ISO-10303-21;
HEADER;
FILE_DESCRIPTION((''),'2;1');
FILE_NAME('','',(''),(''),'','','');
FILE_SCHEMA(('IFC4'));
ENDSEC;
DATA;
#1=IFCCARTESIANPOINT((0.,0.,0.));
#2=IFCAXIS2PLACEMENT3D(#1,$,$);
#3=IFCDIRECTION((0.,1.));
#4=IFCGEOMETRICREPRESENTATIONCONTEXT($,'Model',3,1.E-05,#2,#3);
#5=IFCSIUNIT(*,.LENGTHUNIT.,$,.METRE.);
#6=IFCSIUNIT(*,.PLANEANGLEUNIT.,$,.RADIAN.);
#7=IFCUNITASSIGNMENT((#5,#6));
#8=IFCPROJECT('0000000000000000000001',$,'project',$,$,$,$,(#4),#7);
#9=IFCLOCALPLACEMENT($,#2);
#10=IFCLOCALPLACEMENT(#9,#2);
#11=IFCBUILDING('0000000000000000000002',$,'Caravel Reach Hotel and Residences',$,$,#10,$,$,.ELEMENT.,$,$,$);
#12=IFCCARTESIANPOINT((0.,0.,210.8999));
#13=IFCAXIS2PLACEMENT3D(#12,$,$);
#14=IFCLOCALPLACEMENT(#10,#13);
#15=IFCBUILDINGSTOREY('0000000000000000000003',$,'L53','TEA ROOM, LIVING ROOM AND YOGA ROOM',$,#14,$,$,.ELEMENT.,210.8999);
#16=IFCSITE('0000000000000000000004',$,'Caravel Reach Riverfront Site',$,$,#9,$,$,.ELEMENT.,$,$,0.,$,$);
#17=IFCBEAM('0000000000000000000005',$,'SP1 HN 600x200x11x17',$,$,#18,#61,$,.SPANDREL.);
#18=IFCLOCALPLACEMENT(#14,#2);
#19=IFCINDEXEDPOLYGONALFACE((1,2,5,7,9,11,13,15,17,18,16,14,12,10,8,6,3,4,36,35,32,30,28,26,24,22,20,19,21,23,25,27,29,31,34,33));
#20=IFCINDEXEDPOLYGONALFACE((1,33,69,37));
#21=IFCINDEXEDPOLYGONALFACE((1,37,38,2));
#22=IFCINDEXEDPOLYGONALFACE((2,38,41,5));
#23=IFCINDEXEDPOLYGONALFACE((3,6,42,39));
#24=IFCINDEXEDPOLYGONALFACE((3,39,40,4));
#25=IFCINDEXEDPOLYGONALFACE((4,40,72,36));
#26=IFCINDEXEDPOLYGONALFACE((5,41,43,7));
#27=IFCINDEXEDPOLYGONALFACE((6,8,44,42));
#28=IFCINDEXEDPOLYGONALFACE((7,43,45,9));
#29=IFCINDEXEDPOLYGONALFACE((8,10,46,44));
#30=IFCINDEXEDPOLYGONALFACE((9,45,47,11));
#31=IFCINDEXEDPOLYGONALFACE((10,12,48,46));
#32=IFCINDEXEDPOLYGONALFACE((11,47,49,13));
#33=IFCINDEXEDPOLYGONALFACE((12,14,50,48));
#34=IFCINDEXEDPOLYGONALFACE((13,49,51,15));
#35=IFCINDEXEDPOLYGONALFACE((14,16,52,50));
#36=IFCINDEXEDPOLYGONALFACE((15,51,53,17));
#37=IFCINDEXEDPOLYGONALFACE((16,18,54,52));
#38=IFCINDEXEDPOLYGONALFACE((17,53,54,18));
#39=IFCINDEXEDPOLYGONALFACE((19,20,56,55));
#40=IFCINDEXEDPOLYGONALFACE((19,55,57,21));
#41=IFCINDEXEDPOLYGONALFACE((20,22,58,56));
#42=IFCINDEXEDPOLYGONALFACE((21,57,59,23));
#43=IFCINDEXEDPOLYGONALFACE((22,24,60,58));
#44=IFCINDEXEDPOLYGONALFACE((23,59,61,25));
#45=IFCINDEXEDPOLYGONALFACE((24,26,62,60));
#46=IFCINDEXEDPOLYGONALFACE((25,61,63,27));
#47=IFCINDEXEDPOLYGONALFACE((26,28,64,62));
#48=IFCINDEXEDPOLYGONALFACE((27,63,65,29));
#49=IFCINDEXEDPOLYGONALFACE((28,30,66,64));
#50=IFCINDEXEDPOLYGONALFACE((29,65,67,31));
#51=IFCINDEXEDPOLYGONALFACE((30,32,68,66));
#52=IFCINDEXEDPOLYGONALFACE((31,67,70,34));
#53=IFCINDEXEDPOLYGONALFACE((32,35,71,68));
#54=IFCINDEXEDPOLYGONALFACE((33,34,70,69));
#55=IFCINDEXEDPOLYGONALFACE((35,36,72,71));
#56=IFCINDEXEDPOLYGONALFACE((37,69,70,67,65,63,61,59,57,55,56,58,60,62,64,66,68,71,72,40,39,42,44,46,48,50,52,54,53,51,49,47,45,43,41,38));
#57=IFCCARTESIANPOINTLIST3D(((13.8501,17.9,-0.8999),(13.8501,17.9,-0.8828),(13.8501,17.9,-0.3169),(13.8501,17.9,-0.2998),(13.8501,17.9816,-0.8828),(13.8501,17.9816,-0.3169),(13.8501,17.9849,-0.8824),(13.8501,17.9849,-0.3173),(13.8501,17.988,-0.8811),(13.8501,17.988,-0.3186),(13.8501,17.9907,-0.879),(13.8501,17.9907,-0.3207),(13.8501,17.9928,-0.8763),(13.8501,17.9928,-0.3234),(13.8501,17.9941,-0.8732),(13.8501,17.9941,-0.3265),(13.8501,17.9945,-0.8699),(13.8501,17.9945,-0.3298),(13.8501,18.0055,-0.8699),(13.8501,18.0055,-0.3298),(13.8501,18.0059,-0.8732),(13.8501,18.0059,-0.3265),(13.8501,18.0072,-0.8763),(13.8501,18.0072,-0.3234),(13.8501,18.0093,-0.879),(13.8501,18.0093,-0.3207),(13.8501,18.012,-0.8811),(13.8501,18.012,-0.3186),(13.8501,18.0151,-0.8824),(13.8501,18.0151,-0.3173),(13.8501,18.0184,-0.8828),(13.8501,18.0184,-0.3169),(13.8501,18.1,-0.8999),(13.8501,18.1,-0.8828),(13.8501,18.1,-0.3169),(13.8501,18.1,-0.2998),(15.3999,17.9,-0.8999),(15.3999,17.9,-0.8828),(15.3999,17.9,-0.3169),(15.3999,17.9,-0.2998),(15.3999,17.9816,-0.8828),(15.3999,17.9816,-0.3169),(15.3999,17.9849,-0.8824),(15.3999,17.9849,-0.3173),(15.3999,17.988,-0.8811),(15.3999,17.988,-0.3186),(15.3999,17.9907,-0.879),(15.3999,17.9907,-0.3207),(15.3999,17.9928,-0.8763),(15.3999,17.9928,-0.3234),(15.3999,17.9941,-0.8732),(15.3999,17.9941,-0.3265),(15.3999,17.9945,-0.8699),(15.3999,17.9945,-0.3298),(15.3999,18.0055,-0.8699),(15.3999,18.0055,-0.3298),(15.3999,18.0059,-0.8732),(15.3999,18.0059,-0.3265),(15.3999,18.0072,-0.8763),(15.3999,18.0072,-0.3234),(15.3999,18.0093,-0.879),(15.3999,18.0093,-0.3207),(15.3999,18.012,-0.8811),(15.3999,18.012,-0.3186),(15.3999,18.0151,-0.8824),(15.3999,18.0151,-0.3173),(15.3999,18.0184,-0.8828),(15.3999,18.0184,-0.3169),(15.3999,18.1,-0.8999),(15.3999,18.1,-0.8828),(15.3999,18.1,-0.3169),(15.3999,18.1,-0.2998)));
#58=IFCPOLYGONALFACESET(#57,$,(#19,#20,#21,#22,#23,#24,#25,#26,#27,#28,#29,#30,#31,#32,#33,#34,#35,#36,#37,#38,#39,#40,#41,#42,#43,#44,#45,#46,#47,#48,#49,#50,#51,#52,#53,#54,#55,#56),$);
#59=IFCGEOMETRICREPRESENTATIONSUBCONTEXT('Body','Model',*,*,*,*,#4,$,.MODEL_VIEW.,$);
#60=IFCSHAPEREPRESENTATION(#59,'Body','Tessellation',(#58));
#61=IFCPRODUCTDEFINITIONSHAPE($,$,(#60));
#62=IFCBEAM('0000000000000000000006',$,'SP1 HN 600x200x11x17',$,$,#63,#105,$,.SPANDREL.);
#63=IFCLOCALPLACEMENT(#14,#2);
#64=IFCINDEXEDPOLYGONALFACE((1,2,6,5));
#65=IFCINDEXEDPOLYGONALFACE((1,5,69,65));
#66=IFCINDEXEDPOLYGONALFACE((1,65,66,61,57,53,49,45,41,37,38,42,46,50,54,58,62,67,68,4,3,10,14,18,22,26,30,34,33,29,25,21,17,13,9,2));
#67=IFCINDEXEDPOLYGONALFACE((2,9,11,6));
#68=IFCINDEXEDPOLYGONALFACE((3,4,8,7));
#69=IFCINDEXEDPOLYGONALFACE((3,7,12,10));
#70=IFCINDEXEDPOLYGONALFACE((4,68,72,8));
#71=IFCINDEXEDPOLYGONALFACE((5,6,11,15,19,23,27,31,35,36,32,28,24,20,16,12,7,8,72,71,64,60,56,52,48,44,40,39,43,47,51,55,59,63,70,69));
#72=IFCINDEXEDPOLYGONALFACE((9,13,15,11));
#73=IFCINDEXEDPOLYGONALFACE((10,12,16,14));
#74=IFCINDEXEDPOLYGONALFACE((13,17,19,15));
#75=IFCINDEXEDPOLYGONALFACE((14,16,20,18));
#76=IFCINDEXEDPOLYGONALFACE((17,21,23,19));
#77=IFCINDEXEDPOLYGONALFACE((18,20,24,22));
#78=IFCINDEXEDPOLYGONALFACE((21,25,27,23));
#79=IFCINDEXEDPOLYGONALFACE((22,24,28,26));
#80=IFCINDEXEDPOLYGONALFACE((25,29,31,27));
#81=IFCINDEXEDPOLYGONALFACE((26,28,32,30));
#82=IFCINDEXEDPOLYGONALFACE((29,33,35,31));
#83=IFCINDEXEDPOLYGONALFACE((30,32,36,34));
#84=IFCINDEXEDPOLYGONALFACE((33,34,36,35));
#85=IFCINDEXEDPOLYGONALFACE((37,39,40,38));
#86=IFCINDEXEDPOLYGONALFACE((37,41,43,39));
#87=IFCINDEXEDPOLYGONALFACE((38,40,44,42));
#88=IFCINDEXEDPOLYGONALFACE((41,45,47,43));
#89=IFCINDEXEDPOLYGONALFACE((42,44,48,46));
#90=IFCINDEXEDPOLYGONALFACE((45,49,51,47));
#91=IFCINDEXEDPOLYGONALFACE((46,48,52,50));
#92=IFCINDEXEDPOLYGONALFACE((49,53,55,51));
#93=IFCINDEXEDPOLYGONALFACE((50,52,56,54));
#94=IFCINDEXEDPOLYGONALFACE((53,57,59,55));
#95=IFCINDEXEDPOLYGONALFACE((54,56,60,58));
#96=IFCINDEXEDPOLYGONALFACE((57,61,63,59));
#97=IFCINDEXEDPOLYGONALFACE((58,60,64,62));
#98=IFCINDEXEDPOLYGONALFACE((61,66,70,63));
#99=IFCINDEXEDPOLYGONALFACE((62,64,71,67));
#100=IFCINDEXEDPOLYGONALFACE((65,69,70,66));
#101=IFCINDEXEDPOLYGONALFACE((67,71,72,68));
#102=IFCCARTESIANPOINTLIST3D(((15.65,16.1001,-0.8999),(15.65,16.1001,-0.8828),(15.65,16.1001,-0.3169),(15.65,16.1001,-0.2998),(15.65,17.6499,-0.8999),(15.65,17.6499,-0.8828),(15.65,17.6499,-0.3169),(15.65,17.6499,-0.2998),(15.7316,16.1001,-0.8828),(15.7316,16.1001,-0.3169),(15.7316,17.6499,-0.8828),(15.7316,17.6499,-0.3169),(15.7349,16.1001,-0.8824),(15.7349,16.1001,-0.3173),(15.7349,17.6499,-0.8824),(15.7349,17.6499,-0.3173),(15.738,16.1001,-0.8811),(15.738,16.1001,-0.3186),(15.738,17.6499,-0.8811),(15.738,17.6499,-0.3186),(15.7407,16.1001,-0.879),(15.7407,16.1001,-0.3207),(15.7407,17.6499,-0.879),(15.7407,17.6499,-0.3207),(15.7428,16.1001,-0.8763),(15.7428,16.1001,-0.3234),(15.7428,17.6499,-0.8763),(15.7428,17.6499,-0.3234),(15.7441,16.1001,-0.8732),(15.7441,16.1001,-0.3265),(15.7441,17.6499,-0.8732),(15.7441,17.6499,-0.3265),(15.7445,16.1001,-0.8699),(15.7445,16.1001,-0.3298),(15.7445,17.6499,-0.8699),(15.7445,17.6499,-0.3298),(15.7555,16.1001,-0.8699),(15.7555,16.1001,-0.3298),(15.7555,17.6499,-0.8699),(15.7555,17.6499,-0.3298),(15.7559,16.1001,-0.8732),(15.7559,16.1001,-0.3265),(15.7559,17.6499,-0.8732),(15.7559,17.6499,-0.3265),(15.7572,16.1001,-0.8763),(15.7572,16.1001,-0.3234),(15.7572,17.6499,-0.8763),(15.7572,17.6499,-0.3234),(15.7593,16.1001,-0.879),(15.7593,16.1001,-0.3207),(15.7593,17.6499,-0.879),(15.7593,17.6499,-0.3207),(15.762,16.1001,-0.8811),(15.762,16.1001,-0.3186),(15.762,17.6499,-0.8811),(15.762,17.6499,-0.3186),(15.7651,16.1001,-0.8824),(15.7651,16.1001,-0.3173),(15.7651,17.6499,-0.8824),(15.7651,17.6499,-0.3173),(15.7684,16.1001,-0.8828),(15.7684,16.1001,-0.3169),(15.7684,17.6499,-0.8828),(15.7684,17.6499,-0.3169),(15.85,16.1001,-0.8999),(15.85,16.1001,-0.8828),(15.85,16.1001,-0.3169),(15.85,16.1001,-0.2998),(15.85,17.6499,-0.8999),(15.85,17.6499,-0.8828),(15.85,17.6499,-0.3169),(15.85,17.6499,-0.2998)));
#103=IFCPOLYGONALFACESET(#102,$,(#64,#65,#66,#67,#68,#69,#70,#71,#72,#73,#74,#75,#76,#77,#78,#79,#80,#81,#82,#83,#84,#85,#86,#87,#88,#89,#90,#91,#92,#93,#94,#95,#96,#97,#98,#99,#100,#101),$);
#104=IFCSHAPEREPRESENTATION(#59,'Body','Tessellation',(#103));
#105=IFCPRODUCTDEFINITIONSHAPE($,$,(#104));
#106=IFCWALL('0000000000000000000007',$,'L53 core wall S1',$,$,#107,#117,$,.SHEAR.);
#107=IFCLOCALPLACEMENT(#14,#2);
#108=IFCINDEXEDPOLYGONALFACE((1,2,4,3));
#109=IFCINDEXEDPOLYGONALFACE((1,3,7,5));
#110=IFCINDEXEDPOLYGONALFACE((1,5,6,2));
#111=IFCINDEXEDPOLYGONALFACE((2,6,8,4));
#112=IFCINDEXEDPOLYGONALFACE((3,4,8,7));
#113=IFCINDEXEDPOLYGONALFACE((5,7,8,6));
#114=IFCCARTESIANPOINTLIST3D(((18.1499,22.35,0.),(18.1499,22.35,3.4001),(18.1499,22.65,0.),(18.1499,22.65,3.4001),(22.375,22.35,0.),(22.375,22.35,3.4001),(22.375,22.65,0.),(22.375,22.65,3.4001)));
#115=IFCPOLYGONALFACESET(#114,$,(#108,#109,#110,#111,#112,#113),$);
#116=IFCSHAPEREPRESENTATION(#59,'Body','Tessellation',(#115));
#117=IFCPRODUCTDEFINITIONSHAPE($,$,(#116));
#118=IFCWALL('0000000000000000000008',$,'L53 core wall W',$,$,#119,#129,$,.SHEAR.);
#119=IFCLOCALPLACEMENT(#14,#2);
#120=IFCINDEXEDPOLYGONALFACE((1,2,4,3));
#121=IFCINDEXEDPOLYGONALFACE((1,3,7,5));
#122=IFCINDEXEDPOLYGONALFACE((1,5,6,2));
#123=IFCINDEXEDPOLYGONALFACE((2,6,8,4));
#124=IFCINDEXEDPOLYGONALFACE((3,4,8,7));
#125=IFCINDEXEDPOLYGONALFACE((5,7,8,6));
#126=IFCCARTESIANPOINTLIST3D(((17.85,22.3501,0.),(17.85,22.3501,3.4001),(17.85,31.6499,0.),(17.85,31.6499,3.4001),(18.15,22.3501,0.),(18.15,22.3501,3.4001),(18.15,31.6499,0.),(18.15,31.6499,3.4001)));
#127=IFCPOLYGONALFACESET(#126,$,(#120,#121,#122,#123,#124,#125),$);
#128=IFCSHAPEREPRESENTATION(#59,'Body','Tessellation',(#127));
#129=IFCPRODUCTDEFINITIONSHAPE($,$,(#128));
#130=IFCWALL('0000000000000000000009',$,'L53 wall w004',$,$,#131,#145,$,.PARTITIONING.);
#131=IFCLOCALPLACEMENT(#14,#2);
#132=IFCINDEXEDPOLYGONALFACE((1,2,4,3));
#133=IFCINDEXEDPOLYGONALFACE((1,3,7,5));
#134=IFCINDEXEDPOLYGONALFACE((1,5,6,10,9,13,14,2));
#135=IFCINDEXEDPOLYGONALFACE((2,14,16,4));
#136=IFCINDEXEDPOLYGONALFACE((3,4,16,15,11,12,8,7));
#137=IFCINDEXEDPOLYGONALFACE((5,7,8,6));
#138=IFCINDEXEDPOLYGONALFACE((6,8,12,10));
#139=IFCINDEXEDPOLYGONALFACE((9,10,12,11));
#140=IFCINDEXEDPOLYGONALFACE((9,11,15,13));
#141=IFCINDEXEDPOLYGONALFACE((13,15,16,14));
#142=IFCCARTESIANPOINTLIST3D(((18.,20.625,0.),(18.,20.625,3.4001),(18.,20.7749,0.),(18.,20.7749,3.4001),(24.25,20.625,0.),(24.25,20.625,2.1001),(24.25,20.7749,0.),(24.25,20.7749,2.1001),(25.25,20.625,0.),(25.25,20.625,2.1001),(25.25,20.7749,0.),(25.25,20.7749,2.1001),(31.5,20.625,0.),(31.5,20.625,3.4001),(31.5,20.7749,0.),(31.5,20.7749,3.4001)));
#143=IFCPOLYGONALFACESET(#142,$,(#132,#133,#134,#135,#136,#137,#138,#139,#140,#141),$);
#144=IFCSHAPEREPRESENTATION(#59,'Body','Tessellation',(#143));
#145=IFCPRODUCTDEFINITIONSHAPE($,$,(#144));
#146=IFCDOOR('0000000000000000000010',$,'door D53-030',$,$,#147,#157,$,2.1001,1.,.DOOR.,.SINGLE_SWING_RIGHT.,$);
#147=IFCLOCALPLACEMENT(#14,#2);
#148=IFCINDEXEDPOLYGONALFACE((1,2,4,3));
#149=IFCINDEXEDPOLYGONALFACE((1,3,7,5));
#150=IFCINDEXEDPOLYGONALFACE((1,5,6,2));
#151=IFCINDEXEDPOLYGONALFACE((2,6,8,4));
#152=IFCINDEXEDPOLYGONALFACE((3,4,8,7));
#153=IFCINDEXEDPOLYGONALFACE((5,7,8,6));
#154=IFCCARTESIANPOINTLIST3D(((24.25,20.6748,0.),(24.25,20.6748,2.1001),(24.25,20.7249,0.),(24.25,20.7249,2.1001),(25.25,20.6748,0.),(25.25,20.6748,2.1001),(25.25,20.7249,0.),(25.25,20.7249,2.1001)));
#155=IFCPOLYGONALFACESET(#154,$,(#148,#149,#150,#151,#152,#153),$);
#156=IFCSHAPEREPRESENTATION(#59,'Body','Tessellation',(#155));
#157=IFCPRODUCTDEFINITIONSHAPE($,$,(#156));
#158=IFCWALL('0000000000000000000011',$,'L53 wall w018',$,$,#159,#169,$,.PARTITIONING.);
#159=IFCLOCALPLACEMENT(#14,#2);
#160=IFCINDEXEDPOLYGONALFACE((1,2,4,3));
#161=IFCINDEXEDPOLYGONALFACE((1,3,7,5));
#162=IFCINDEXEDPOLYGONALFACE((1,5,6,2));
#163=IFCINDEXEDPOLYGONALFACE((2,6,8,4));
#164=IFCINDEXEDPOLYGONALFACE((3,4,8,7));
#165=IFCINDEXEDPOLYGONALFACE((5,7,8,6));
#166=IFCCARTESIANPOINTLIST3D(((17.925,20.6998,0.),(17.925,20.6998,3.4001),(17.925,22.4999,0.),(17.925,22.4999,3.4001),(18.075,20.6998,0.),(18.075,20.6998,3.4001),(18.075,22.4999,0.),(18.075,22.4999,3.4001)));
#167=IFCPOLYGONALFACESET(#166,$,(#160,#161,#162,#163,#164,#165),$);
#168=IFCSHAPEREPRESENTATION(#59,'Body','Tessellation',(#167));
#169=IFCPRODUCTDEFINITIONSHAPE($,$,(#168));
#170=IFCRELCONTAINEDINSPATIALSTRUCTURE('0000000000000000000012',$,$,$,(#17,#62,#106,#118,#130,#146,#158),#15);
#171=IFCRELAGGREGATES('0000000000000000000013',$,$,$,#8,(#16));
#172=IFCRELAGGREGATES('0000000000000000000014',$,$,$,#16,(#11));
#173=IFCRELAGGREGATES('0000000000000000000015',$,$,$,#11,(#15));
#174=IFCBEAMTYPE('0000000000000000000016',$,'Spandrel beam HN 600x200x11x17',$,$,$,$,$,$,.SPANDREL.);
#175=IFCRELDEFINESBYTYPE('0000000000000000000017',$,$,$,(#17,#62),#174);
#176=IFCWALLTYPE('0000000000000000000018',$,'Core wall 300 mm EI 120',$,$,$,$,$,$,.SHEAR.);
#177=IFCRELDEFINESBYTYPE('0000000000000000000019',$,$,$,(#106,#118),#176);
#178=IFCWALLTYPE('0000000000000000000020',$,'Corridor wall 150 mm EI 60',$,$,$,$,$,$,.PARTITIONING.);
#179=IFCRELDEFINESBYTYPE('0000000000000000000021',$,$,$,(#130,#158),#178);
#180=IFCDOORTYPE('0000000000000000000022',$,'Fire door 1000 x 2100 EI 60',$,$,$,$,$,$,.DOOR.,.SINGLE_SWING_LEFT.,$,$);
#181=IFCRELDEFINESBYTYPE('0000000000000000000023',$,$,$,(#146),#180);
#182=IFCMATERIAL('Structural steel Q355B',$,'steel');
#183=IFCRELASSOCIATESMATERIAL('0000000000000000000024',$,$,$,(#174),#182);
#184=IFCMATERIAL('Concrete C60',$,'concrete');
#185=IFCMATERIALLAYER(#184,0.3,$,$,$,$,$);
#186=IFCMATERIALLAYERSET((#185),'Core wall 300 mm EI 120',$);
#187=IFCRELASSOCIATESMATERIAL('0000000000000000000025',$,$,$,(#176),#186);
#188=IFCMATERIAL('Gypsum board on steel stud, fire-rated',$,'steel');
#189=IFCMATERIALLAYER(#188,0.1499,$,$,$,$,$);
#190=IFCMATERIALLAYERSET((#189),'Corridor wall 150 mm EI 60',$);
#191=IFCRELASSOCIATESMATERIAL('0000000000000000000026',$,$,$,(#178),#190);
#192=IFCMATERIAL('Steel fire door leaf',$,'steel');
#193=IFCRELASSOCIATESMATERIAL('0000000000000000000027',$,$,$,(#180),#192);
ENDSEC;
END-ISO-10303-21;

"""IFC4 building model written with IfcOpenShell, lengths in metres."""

from ifc_helpers import new_model, si_unit, direction, frame, frame_2d, origin, origin_2d, place, context, subcontext, project, spatial, rectangle, i_section, extrude, material, layer, layer_set, material_profile, profile_set, type_object, element, fill, save


model = new_model("IFC4")

# Units and contexts
model_context = context("Model", 3, precision=1e-05, world=origin(), true_north=direction((0.0, 1.0)))
body_context = subcontext(model_context, "Body", "Model", "MODEL_VIEW")
ifc_project = project(units=[si_unit("LENGTHUNIT", "METRE"), si_unit("PLANEANGLEUNIT", "RADIAN")], contexts=[model_context])

# Site, building, storey
site_placement = place(None, origin())
site = spatial("IfcSite", under=ifc_project, at=site_placement, Name="Caravel Reach Riverfront Site", CompositionType="ELEMENT", RefElevation=0.0)
building_placement = place(site_placement, origin())
building = spatial("IfcBuilding", under=site, at=building_placement, Name="Caravel Reach Hotel and Residences", CompositionType="ELEMENT")
storey_placement = place(building_placement, frame((0.0, 0.0, 210.8999)))
storey = spatial("IfcBuildingStorey", under=building, at=storey_placement, Name="L53", Description="TEA ROOM, LIVING ROOM AND YOGA ROOM", CompositionType="ELEMENT", Elevation=210.8999)

# Beams
ifc_material_1 = material(Name="Structural steel Q355B", Category="steel")
ifc_material_profile_1 = material_profile(ifc_material_1, i_section(OverallWidth=0.2, OverallDepth=0.6001, WebThickness=0.011, FlangeThickness=0.0171, FilletRadius=0.0129, at=origin_2d()), Name="HN 600x200x11x17")
ifc_profile_set_1 = profile_set([ifc_material_profile_1], Name="Structural steel Q355B")
beam_type_1 = type_object("IfcBeamType", Name="Spandrel beam HN 600x200x11x17", PredefinedType="SPANDREL", material=ifc_profile_set_1)
for number, where, z_axis, x_axis, name in (
    (1, (13.8501, 18.0, -0.5999), (1.0, 0.0, 0.0), (0.0, 1.0, 0.0), "SP1 HN 600x200x11x17"),
    (2, (15.75, 17.6499, -0.5999), (0.0, -1.0, 0.0), (1.0, 0.0, 0.0), "SP1 HN 600x200x11x17"),
):
    element("IfcBeam", number, at=place(storey_placement, frame(where, z_axis=z_axis, x_axis=x_axis)), inside=storey, type_object=beam_type_1, Name=name, PredefinedType="SPANDREL", context=body_context, shape_type="SweptSolid", body=[
        extrude(i_section(OverallWidth=0.2, OverallDepth=0.6001, WebThickness=0.011, FlangeThickness=0.0171, FilletRadius=0.0129, at=origin_2d()), origin(), (0.0, 0.0, 1.0), 1.5498),
    ])

# Walls
ifc_material_2 = material(Name="Concrete C60", Category="concrete")
ifc_layer_1 = layer(ifc_material_2, 0.3)
ifc_layer_set_1 = layer_set([ifc_layer_1], Name="Core wall 300 mm EI 120")
wall_type_1 = type_object("IfcWallType", Name="Core wall 300 mm EI 120", PredefinedType="SHEAR", material=ifc_layer_set_1)
wall_1_placement = place(storey_placement, frame((18.1499, 22.5, 0.0), z_axis=(0.0, 0.0, 1.0), x_axis=(1.0, 0.0, 0.0)))
element("IfcWall", 3, at=wall_1_placement, inside=storey, type_object=wall_type_1, Name="L53 core wall S1", PredefinedType="SHEAR", context=body_context, shape_type="SweptSolid", body=[
    extrude(rectangle(XDim=4.2251, YDim=0.3, at=frame_2d((2.1125, 0.0))), origin(), (0.0, 0.0, 1.0), 3.4001),
])
wall_2_placement = place(storey_placement, frame((18.0, 22.3501, 0.0), z_axis=(0.0, 0.0, 1.0), x_axis=(0.0, 1.0, 0.0)))
element("IfcWall", 4, at=wall_2_placement, inside=storey, type_object=wall_type_1, Name="L53 core wall W", PredefinedType="SHEAR", context=body_context, shape_type="SweptSolid", body=[
    extrude(rectangle(XDim=9.2998, YDim=0.3, at=frame_2d((4.6499, 0.0))), origin(), (0.0, 0.0, 1.0), 3.4001),
])

# Wall, opening, door
ifc_material_3 = material(Name="Gypsum board on steel stud, fire-rated", Category="steel")
ifc_layer_2 = layer(ifc_material_3, 0.1499)
ifc_layer_set_2 = layer_set([ifc_layer_2], Name="Corridor wall 150 mm EI 60")
wall_type_2 = type_object("IfcWallType", Name="Corridor wall 150 mm EI 60", PredefinedType="PARTITIONING", material=ifc_layer_set_2)
wall_3_placement = place(storey_placement, frame((18.0, 20.7, 0.0), z_axis=(0.0, 0.0, 1.0), x_axis=(1.0, 0.0, 0.0)))
wall_3 = element("IfcWall", 5, at=wall_3_placement, inside=storey, type_object=wall_type_2, Name="L53 wall w004", PredefinedType="PARTITIONING", context=body_context, shape_type="SweptSolid", body=[
    extrude(rectangle(XDim=13.5, YDim=0.1499, at=frame_2d((6.75, 0.0))), origin(), (0.0, 0.0, 1.0), 3.4001),
])
opening_1_placement = place(wall_3_placement, frame((6.25, 0.0, 0.0)))
opening_1 = element("IfcOpeningElement", 6, at=opening_1_placement, cuts=wall_3, PredefinedType="OPENING", context=body_context, shape_type="SweptSolid", body=[
    extrude(rectangle(XDim=1.0, YDim=2.1001, at=frame_2d((0.5, 1.05))), frame((0.0, 0.085, 0.0), z_axis=(0.0, -1.0, 0.0), x_axis=(1.0, 0.0, 0.0)), (0.0, 0.0, 1.0), 0.1699),
])
ifc_material_4 = material(Name="Steel fire door leaf", Category="steel")
door_type_1 = type_object("IfcDoorType", Name="Fire door 1000 x 2100 EI 60", OperationType="SINGLE_SWING_LEFT", PredefinedType="DOOR", material=ifc_material_4)
door_1_placement = place(opening_1_placement, origin())
door_1 = element("IfcDoor", 7, at=door_1_placement, inside=storey, type_object=door_type_1, Name="door D53-030", OperationType="SINGLE_SWING_RIGHT", OverallHeight=2.1001, OverallWidth=1.0, PredefinedType="DOOR", context=body_context, shape_type="SweptSolid", body=[
    extrude(rectangle(XDim=1.0, YDim=2.1001, at=frame_2d((0.5, 1.05))), frame((0.0, 0.0249, 0.0), z_axis=(0.0, -1.0, 0.0), x_axis=(1.0, 0.0, 0.0)), (0.0, 0.0, 1.0), 0.05),
])
fill(opening_1, door_1)

# Wall
wall_4_placement = place(storey_placement, frame((18.0, 20.7, 0.0), z_axis=(0.0, 0.0, 1.0), x_axis=(0.0, 1.0, 0.0)))
element("IfcWall", 8, at=wall_4_placement, inside=storey, type_object=wall_type_2, Name="L53 wall w018", PredefinedType="PARTITIONING", context=body_context, shape_type="SweptSolid", body=[
    extrude(rectangle(XDim=1.8, YDim=0.1499, at=frame_2d((0.8999, 0.0))), origin(), (0.0, 0.0, 1.0), 3.4001),
])

save(model, "model.ifc")
